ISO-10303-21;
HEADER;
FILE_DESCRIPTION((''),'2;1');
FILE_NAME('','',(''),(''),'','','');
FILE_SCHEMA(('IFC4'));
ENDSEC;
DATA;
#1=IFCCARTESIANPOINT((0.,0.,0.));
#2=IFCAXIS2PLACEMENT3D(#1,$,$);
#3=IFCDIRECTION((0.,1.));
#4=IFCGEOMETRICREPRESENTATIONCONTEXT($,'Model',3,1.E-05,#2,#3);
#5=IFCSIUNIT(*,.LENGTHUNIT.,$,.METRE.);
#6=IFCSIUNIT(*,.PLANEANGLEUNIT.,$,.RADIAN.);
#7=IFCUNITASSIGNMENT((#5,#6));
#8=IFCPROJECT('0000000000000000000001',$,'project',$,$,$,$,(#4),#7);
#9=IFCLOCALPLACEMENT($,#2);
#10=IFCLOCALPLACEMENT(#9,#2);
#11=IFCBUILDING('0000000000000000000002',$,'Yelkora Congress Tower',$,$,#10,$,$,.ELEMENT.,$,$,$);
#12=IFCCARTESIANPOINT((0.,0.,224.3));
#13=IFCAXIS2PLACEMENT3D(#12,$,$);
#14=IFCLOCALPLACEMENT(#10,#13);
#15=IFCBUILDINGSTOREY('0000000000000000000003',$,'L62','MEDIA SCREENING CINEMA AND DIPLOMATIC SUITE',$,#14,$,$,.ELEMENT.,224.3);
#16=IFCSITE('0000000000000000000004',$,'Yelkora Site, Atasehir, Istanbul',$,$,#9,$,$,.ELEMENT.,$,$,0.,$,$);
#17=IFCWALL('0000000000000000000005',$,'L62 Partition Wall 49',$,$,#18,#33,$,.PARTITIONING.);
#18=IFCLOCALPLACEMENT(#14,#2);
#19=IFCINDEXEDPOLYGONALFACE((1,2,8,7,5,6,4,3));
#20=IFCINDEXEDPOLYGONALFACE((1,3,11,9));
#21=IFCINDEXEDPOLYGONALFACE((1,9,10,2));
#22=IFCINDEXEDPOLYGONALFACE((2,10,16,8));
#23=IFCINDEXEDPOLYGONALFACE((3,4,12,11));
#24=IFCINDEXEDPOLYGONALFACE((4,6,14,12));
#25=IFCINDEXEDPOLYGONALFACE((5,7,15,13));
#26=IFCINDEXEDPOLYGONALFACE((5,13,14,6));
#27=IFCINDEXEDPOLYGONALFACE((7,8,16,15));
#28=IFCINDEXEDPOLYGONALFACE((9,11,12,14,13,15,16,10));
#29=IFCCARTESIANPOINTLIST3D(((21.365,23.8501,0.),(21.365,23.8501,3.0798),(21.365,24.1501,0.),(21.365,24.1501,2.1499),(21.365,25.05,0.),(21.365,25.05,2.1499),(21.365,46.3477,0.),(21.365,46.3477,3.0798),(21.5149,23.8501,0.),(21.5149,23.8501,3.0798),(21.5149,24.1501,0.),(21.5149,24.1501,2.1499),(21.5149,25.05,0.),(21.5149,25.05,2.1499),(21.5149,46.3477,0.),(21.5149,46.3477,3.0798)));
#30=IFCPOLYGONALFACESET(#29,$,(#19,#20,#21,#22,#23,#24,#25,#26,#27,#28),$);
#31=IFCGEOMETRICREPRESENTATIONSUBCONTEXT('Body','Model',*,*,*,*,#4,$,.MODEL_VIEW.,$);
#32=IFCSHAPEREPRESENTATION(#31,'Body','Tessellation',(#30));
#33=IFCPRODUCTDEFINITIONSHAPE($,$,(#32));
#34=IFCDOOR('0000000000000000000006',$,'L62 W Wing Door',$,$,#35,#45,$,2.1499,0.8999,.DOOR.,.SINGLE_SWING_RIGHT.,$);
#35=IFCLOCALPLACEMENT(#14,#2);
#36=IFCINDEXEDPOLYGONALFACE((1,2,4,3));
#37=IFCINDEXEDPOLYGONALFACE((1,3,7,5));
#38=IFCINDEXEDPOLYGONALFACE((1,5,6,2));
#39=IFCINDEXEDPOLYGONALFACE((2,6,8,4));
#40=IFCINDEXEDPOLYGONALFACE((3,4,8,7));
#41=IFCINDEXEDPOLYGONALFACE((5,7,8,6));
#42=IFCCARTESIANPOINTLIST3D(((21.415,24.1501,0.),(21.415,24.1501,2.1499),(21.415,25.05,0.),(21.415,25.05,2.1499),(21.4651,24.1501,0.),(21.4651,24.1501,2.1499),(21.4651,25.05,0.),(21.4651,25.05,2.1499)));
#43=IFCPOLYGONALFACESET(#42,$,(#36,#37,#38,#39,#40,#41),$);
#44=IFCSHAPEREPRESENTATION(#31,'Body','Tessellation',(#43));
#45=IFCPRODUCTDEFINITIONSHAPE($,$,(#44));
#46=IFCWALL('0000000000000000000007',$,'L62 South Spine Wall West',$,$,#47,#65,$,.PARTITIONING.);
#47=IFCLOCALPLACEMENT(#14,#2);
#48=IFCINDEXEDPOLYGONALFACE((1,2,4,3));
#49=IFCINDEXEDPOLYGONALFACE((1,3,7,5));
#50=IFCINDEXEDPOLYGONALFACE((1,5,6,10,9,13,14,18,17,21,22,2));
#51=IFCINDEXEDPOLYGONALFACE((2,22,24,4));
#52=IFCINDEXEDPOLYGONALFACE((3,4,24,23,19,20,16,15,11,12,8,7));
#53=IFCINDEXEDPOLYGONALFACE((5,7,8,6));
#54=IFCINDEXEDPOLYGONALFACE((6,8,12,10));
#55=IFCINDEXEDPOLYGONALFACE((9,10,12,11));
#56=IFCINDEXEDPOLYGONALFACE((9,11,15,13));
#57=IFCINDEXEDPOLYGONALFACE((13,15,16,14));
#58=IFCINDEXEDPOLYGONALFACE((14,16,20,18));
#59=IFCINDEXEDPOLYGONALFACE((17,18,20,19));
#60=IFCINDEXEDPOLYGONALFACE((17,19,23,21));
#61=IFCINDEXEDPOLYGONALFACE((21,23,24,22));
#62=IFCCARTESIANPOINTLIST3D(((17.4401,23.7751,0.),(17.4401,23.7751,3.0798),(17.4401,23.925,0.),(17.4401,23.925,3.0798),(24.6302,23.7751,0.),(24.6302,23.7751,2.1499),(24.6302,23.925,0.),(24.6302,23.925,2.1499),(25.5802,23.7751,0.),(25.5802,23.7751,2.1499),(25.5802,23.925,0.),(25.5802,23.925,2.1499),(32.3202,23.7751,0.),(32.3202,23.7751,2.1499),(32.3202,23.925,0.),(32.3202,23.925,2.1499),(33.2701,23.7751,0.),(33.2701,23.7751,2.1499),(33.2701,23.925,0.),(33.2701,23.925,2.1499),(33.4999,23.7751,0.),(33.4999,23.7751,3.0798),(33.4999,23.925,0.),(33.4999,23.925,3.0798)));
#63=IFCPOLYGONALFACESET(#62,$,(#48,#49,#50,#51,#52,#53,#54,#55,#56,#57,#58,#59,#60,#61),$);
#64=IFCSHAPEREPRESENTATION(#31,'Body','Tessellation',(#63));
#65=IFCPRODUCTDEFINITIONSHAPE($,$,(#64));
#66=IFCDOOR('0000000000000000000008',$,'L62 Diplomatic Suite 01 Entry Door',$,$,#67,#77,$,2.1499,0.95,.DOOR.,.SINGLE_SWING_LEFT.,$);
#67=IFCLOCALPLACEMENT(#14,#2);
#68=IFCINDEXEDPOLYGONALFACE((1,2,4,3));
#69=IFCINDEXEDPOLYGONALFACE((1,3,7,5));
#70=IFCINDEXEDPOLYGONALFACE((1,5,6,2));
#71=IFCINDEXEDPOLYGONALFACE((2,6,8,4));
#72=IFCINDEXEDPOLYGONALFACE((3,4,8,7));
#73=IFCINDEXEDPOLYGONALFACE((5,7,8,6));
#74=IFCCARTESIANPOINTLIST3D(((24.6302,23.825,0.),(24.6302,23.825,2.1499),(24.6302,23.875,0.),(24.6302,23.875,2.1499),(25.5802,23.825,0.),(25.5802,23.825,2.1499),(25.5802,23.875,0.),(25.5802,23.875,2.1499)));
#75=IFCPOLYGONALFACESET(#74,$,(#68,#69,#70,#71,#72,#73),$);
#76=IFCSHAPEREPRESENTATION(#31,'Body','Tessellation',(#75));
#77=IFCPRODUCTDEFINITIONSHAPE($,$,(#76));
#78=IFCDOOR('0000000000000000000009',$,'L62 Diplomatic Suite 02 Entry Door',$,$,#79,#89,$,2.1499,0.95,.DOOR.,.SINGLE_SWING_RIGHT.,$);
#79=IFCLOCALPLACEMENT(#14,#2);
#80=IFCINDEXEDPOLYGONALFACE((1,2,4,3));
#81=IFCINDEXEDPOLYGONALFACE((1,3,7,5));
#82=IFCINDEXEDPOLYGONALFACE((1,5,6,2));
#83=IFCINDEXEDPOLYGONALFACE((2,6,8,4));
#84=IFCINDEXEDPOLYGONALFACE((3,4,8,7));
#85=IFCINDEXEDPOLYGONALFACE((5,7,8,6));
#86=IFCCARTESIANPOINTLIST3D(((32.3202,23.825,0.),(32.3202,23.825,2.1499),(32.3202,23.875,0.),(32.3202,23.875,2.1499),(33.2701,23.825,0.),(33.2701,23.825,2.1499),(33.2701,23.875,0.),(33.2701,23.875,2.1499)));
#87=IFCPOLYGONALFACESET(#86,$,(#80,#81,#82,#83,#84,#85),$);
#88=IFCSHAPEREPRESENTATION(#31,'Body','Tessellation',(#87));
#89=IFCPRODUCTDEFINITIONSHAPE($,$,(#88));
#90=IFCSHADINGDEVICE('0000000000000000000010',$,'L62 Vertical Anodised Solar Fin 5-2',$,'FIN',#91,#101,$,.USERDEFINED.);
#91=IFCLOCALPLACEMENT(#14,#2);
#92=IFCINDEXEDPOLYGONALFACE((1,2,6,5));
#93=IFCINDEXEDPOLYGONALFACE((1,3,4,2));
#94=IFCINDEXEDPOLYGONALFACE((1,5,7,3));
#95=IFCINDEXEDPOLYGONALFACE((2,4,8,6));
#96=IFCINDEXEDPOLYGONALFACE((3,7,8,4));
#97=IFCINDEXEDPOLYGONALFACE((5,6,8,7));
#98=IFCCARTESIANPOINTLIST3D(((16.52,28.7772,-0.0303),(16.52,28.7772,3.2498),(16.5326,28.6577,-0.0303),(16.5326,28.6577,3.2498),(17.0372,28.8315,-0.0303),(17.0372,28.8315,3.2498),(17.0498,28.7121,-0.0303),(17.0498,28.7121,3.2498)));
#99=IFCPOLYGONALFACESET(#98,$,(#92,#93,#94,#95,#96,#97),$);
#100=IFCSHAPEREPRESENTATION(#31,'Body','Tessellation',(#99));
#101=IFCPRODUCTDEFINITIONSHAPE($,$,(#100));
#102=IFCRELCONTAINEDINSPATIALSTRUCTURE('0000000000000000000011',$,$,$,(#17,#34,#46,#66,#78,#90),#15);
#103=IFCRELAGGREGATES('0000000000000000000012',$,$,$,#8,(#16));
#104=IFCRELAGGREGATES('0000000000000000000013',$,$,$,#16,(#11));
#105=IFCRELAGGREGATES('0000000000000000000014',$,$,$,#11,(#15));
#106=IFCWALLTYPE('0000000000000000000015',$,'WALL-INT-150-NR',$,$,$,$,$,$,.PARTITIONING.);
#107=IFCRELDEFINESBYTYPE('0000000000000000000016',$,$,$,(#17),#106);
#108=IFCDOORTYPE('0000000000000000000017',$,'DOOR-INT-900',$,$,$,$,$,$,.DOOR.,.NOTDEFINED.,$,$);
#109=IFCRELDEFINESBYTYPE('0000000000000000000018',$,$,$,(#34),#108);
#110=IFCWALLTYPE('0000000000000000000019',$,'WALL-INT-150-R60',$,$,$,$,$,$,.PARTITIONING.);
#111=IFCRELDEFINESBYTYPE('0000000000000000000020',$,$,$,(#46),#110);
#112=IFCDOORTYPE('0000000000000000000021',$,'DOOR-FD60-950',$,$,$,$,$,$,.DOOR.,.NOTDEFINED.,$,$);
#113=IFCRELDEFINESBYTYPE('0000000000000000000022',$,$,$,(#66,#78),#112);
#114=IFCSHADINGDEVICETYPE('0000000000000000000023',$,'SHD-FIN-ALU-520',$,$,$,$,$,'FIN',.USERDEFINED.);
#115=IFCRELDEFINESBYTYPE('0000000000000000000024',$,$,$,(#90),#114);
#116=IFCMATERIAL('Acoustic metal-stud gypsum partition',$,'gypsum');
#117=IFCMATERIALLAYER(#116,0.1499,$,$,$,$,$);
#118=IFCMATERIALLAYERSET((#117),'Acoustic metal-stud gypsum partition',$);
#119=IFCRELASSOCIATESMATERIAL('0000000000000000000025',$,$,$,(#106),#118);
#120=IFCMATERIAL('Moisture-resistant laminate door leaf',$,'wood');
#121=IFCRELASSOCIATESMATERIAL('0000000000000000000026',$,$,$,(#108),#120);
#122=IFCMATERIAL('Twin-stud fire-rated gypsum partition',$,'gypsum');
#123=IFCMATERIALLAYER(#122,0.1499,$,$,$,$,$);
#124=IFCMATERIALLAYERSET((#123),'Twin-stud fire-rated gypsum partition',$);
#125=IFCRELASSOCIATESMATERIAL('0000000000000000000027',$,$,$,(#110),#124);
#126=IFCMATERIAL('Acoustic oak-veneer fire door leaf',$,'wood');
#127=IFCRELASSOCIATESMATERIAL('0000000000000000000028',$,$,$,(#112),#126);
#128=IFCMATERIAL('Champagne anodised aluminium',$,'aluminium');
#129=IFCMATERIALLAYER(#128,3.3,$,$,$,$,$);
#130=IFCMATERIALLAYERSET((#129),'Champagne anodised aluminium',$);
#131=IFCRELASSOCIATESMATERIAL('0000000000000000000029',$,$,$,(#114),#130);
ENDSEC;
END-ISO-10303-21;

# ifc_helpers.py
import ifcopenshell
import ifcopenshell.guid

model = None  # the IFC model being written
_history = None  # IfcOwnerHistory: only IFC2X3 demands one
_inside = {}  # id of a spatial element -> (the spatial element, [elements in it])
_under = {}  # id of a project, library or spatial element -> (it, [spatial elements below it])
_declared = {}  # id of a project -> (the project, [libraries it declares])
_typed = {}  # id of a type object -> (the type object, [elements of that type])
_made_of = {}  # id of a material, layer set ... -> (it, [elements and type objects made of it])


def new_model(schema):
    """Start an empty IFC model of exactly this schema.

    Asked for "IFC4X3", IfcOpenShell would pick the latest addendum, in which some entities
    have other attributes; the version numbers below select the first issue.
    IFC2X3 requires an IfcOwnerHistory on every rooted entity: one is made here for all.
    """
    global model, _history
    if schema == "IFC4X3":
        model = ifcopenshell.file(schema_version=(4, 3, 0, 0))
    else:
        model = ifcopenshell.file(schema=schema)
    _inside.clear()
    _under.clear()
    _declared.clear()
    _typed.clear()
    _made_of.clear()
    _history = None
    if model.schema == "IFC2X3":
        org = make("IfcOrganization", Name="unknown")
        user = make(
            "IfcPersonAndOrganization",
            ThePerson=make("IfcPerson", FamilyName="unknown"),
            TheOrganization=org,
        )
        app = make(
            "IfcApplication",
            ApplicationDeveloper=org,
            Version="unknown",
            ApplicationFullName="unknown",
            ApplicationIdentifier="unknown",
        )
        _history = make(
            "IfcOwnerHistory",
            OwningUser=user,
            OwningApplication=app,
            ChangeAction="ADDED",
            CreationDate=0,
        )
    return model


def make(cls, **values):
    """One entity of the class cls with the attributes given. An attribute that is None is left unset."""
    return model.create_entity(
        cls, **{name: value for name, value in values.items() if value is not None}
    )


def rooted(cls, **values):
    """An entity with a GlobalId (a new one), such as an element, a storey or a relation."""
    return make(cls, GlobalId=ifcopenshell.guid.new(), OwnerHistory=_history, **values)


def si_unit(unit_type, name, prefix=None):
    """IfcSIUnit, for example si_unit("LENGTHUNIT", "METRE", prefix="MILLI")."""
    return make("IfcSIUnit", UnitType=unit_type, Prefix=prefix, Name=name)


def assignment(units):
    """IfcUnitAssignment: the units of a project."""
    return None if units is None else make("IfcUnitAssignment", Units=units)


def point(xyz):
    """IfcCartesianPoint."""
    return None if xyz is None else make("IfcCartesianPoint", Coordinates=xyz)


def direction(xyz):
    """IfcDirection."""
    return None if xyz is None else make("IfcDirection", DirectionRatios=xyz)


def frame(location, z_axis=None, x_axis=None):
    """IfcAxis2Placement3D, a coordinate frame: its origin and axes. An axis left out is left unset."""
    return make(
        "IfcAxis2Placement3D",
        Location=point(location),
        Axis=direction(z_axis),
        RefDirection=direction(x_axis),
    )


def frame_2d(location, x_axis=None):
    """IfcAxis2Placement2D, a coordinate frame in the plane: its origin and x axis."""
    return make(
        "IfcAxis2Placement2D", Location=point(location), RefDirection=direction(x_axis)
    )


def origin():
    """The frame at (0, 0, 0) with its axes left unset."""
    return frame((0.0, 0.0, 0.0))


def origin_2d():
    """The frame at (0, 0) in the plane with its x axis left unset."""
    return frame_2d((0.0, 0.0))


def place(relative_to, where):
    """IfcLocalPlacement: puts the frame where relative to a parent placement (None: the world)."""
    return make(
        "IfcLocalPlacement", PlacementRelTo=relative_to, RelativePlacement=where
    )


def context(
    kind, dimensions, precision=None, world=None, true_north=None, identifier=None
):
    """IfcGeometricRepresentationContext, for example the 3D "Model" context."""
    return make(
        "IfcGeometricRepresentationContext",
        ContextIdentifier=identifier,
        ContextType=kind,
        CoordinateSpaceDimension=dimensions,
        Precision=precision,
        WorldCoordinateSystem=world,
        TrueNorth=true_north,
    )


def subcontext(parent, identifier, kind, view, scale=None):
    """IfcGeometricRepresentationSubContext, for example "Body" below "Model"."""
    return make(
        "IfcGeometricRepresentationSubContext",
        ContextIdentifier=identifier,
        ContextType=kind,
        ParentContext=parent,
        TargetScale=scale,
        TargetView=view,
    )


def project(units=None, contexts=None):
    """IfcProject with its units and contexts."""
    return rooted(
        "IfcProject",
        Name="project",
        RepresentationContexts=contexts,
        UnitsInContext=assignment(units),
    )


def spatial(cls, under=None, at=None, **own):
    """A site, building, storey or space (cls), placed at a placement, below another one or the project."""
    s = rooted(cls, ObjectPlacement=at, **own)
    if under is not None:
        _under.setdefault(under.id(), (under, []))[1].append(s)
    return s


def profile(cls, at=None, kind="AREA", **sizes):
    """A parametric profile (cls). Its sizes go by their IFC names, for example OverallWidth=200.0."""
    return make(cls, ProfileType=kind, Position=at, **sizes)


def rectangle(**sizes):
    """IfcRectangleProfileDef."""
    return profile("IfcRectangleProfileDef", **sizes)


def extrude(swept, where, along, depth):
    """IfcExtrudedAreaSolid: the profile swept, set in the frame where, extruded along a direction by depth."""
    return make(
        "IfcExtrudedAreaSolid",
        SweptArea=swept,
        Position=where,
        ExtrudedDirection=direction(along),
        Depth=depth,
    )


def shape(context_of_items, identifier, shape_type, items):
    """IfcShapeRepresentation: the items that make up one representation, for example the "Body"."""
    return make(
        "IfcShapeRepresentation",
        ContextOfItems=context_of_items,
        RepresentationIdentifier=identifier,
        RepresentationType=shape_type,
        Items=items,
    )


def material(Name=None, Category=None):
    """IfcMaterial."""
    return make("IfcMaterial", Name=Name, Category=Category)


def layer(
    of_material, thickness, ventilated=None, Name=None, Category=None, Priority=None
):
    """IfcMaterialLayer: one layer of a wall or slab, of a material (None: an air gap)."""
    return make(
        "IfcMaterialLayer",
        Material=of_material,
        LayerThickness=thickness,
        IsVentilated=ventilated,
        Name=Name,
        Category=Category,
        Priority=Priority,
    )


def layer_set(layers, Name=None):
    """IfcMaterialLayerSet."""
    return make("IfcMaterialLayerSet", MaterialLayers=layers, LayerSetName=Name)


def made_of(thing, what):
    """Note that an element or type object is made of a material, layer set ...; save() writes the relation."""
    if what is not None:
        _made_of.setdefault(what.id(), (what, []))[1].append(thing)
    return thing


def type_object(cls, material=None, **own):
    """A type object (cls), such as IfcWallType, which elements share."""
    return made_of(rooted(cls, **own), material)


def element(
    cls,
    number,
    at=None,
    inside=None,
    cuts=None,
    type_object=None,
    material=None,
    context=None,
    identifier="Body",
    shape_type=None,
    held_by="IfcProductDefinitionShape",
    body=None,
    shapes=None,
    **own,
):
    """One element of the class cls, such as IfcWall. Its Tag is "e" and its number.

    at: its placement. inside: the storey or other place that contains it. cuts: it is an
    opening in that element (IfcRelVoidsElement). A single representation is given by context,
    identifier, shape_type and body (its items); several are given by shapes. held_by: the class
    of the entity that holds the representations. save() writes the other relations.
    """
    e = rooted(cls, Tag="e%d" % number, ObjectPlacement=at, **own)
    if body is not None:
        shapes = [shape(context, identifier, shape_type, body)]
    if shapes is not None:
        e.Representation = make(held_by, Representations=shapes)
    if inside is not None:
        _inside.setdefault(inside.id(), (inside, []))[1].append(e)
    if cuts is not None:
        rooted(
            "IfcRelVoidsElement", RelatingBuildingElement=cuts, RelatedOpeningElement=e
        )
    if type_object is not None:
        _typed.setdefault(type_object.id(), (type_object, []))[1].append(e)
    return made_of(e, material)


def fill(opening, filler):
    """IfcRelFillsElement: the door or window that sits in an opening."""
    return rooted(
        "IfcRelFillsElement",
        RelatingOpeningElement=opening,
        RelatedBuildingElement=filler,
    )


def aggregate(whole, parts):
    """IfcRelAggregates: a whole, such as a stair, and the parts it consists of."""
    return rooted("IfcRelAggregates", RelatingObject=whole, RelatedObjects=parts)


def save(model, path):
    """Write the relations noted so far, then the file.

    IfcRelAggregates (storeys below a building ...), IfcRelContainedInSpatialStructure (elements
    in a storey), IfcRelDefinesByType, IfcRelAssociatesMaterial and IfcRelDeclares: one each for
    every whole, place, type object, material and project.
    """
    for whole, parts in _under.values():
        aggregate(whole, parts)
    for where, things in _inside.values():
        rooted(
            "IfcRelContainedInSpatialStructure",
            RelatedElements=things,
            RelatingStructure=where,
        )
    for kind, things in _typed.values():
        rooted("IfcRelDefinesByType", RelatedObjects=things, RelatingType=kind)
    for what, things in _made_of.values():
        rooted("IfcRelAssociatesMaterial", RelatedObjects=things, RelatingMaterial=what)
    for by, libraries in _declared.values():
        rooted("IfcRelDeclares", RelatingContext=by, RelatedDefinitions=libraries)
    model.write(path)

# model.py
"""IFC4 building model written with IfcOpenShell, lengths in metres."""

from ifc_helpers import new_model, si_unit, direction, frame, frame_2d, origin, origin_2d, place, context, subcontext, project, spatial, rectangle, extrude, material, layer, layer_set, type_object, element, fill, save


model = new_model("IFC4")

# Units and contexts
model_context = context("Model", 3, precision=1e-05, world=origin(), true_north=direction((0.0, 1.0)))
body_context = subcontext(model_context, "Body", "Model", "MODEL_VIEW")
ifc_project = project(units=[si_unit("LENGTHUNIT", "METRE"), si_unit("PLANEANGLEUNIT", "RADIAN")], contexts=[model_context])

# Site, building, storey
site_placement = place(None, origin())
site = spatial("IfcSite", under=ifc_project, at=site_placement, Name="Yelkora Site, Atasehir, Istanbul", CompositionType="ELEMENT", RefElevation=0.0)
building_placement = place(site_placement, origin())
building = spatial("IfcBuilding", under=site, at=building_placement, Name="Yelkora Congress Tower", CompositionType="ELEMENT")
storey_placement = place(building_placement, frame((0.0, 0.0, 224.3)))
storey = spatial("IfcBuildingStorey", under=building, at=storey_placement, Name="L62", Description="MEDIA SCREENING CINEMA AND DIPLOMATIC SUITE", CompositionType="ELEMENT", Elevation=224.3)

# Wall, opening, door
ifc_material_1 = material(Name="Acoustic metal-stud gypsum partition", Category="gypsum")
ifc_layer_1 = layer(ifc_material_1, 0.1499)
ifc_layer_set_1 = layer_set([ifc_layer_1], Name="Acoustic metal-stud gypsum partition")
wall_type_1 = type_object("IfcWallType", Name="WALL-INT-150-NR", PredefinedType="PARTITIONING", material=ifc_layer_set_1)
wall_1_placement = place(storey_placement, frame((21.4399, 23.8501, 0.0), z_axis=(0.0, 0.0, 1.0), x_axis=(0.0, 1.0, 0.0)))
wall_1 = element("IfcWall", 1, at=wall_1_placement, inside=storey, type_object=wall_type_1, Name="L62 Partition Wall 49", PredefinedType="PARTITIONING", context=body_context, shape_type="SweptSolid", body=[
    extrude(rectangle(XDim=22.4976, YDim=0.1499, at=frame_2d((11.2488, 0.0))), origin(), (0.0, 0.0, 1.0), 3.0798),
])
opening_1_placement = place(wall_1_placement, frame((0.3, 0.0, 0.0)))
opening_1 = element("IfcOpeningElement", 2, at=opening_1_placement, cuts=wall_1, PredefinedType="OPENING", context=body_context, shape_type="SweptSolid", body=[
    extrude(rectangle(XDim=0.8999, YDim=2.1499, at=frame_2d((0.45, 1.075))), frame((0.0, 0.085, 0.0), z_axis=(0.0, -1.0, 0.0), x_axis=(1.0, 0.0, 0.0)), (0.0, 0.0, 1.0), 0.1699),
])
ifc_material_2 = material(Name="Moisture-resistant laminate door leaf", Category="wood")
door_type_1 = type_object("IfcDoorType", Name="DOOR-INT-900", OperationType="NOTDEFINED", PredefinedType="DOOR", material=ifc_material_2)
door_1_placement = place(opening_1_placement, origin())
door_1 = element("IfcDoor", 3, at=door_1_placement, inside=storey, type_object=door_type_1, Name="L62 W Wing Door", OperationType="SINGLE_SWING_RIGHT", OverallHeight=2.1499, OverallWidth=0.8999, PredefinedType="DOOR", context=body_context, shape_type="SweptSolid", body=[
    extrude(rectangle(XDim=0.8999, YDim=2.1499, at=frame_2d((0.45, 1.075))), frame((0.0, 0.0249, 0.0), z_axis=(0.0, -1.0, 0.0), x_axis=(1.0, 0.0, 0.0)), (0.0, 0.0, 1.0), 0.05),
])
fill(opening_1, door_1)

# Wall, openings, doors
ifc_material_3 = material(Name="Twin-stud fire-rated gypsum partition", Category="gypsum")
ifc_layer_2 = layer(ifc_material_3, 0.1499)
ifc_layer_set_2 = layer_set([ifc_layer_2], Name="Twin-stud fire-rated gypsum partition")
wall_type_2 = type_object("IfcWallType", Name="WALL-INT-150-R60", PredefinedType="PARTITIONING", material=ifc_layer_set_2)
wall_2_placement = place(storey_placement, frame((17.4402, 23.8501, 0.0), z_axis=(0.0, 0.0, 1.0), x_axis=(1.0, 0.0, 0.0)))
wall_2 = element("IfcWall", 4, at=wall_2_placement, inside=storey, type_object=wall_type_2, Name="L62 South Spine Wall West", PredefinedType="PARTITIONING", context=body_context, shape_type="SweptSolid", body=[
    extrude(rectangle(XDim=16.0598, YDim=0.1499, at=frame_2d((8.0298, 0.0))), origin(), (0.0, 0.0, 1.0), 3.0798),
])
opening_2_placement = place(wall_2_placement, frame((7.1899, 0.0, 0.0)))
opening_2 = element("IfcOpeningElement", 5, at=opening_2_placement, cuts=wall_2, PredefinedType="OPENING", context=body_context, shape_type="SweptSolid", body=[
    extrude(rectangle(XDim=0.95, YDim=2.1499, at=frame_2d((0.4751, 1.075))), frame((0.0, 0.085, 0.0), z_axis=(0.0, -1.0, 0.0), x_axis=(1.0, 0.0, 0.0)), (0.0, 0.0, 1.0), 0.1699),
])
opening_3_placement = place(wall_2_placement, frame((14.8799, 0.0, 0.0)))
opening_3 = element("IfcOpeningElement", 6, at=opening_3_placement, cuts=wall_2, PredefinedType="OPENING", context=body_context, shape_type="SweptSolid", body=[
    extrude(rectangle(XDim=0.95, YDim=2.1499, at=frame_2d((0.4751, 1.075))), frame((0.0, 0.085, 0.0), z_axis=(0.0, -1.0, 0.0), x_axis=(1.0, 0.0, 0.0)), (0.0, 0.0, 1.0), 0.1699),
])
ifc_material_4 = material(Name="Acoustic oak-veneer fire door leaf", Category="wood")
door_type_2 = type_object("IfcDoorType", Name="DOOR-FD60-950", OperationType="NOTDEFINED", PredefinedType="DOOR", material=ifc_material_4)
door_2_placement = place(opening_2_placement, origin())
door_2 = element("IfcDoor", 7, at=door_2_placement, inside=storey, type_object=door_type_2, Name="L62 Diplomatic Suite 01 Entry Door", OperationType="SINGLE_SWING_LEFT", OverallHeight=2.1499, OverallWidth=0.95, PredefinedType="DOOR", context=body_context, shape_type="SweptSolid", body=[
    extrude(rectangle(XDim=0.95, YDim=2.1499, at=frame_2d((0.4751, 1.075))), frame((0.0, 0.0249, 0.0), z_axis=(0.0, -1.0, 0.0), x_axis=(1.0, 0.0, 0.0)), (0.0, 0.0, 1.0), 0.05),
])
fill(opening_2, door_2)
door_3_placement = place(opening_3_placement, origin())
door_3 = element("IfcDoor", 8, at=door_3_placement, inside=storey, type_object=door_type_2, Name="L62 Diplomatic Suite 02 Entry Door", OperationType="SINGLE_SWING_RIGHT", OverallHeight=2.1499, OverallWidth=0.95, PredefinedType="DOOR", context=body_context, shape_type="SweptSolid", body=[
    extrude(rectangle(XDim=0.95, YDim=2.1499, at=frame_2d((0.4751, 1.075))), frame((0.0, 0.0249, 0.0), z_axis=(0.0, -1.0, 0.0), x_axis=(1.0, 0.0, 0.0)), (0.0, 0.0, 1.0), 0.05),
])
fill(opening_3, door_3)

# Shading device
ifc_material_5 = material(Name="Champagne anodised aluminium", Category="aluminium")
ifc_layer_3 = layer(ifc_material_5, 3.3)
ifc_layer_set_3 = layer_set([ifc_layer_3], Name="Champagne anodised aluminium")
shading_device_type = type_object("IfcShadingDeviceType", Name="SHD-FIN-ALU-520", ElementType="FIN", PredefinedType="USERDEFINED", material=ifc_layer_set_3)
shading_device_placement = place(storey_placement, frame((16.7849, 28.7446, -0.0303), z_axis=(0.0, 0.0, 1.0), x_axis=(-0.104528, 0.994522, 0.0)))
element("IfcShadingDevice", 9, at=shading_device_placement, inside=storey, type_object=shading_device_type, Name="L62 Vertical Anodised Solar Fin 5-2", ObjectType="FIN", PredefinedType="USERDEFINED", context=body_context, shape_type="SweptSolid", body=[
    extrude(rectangle(XDim=0.1201, YDim=0.52, at=origin_2d()), origin(), (0.0, 0.0, 1.0), 3.28),
])

save(model, "model.ifc")
